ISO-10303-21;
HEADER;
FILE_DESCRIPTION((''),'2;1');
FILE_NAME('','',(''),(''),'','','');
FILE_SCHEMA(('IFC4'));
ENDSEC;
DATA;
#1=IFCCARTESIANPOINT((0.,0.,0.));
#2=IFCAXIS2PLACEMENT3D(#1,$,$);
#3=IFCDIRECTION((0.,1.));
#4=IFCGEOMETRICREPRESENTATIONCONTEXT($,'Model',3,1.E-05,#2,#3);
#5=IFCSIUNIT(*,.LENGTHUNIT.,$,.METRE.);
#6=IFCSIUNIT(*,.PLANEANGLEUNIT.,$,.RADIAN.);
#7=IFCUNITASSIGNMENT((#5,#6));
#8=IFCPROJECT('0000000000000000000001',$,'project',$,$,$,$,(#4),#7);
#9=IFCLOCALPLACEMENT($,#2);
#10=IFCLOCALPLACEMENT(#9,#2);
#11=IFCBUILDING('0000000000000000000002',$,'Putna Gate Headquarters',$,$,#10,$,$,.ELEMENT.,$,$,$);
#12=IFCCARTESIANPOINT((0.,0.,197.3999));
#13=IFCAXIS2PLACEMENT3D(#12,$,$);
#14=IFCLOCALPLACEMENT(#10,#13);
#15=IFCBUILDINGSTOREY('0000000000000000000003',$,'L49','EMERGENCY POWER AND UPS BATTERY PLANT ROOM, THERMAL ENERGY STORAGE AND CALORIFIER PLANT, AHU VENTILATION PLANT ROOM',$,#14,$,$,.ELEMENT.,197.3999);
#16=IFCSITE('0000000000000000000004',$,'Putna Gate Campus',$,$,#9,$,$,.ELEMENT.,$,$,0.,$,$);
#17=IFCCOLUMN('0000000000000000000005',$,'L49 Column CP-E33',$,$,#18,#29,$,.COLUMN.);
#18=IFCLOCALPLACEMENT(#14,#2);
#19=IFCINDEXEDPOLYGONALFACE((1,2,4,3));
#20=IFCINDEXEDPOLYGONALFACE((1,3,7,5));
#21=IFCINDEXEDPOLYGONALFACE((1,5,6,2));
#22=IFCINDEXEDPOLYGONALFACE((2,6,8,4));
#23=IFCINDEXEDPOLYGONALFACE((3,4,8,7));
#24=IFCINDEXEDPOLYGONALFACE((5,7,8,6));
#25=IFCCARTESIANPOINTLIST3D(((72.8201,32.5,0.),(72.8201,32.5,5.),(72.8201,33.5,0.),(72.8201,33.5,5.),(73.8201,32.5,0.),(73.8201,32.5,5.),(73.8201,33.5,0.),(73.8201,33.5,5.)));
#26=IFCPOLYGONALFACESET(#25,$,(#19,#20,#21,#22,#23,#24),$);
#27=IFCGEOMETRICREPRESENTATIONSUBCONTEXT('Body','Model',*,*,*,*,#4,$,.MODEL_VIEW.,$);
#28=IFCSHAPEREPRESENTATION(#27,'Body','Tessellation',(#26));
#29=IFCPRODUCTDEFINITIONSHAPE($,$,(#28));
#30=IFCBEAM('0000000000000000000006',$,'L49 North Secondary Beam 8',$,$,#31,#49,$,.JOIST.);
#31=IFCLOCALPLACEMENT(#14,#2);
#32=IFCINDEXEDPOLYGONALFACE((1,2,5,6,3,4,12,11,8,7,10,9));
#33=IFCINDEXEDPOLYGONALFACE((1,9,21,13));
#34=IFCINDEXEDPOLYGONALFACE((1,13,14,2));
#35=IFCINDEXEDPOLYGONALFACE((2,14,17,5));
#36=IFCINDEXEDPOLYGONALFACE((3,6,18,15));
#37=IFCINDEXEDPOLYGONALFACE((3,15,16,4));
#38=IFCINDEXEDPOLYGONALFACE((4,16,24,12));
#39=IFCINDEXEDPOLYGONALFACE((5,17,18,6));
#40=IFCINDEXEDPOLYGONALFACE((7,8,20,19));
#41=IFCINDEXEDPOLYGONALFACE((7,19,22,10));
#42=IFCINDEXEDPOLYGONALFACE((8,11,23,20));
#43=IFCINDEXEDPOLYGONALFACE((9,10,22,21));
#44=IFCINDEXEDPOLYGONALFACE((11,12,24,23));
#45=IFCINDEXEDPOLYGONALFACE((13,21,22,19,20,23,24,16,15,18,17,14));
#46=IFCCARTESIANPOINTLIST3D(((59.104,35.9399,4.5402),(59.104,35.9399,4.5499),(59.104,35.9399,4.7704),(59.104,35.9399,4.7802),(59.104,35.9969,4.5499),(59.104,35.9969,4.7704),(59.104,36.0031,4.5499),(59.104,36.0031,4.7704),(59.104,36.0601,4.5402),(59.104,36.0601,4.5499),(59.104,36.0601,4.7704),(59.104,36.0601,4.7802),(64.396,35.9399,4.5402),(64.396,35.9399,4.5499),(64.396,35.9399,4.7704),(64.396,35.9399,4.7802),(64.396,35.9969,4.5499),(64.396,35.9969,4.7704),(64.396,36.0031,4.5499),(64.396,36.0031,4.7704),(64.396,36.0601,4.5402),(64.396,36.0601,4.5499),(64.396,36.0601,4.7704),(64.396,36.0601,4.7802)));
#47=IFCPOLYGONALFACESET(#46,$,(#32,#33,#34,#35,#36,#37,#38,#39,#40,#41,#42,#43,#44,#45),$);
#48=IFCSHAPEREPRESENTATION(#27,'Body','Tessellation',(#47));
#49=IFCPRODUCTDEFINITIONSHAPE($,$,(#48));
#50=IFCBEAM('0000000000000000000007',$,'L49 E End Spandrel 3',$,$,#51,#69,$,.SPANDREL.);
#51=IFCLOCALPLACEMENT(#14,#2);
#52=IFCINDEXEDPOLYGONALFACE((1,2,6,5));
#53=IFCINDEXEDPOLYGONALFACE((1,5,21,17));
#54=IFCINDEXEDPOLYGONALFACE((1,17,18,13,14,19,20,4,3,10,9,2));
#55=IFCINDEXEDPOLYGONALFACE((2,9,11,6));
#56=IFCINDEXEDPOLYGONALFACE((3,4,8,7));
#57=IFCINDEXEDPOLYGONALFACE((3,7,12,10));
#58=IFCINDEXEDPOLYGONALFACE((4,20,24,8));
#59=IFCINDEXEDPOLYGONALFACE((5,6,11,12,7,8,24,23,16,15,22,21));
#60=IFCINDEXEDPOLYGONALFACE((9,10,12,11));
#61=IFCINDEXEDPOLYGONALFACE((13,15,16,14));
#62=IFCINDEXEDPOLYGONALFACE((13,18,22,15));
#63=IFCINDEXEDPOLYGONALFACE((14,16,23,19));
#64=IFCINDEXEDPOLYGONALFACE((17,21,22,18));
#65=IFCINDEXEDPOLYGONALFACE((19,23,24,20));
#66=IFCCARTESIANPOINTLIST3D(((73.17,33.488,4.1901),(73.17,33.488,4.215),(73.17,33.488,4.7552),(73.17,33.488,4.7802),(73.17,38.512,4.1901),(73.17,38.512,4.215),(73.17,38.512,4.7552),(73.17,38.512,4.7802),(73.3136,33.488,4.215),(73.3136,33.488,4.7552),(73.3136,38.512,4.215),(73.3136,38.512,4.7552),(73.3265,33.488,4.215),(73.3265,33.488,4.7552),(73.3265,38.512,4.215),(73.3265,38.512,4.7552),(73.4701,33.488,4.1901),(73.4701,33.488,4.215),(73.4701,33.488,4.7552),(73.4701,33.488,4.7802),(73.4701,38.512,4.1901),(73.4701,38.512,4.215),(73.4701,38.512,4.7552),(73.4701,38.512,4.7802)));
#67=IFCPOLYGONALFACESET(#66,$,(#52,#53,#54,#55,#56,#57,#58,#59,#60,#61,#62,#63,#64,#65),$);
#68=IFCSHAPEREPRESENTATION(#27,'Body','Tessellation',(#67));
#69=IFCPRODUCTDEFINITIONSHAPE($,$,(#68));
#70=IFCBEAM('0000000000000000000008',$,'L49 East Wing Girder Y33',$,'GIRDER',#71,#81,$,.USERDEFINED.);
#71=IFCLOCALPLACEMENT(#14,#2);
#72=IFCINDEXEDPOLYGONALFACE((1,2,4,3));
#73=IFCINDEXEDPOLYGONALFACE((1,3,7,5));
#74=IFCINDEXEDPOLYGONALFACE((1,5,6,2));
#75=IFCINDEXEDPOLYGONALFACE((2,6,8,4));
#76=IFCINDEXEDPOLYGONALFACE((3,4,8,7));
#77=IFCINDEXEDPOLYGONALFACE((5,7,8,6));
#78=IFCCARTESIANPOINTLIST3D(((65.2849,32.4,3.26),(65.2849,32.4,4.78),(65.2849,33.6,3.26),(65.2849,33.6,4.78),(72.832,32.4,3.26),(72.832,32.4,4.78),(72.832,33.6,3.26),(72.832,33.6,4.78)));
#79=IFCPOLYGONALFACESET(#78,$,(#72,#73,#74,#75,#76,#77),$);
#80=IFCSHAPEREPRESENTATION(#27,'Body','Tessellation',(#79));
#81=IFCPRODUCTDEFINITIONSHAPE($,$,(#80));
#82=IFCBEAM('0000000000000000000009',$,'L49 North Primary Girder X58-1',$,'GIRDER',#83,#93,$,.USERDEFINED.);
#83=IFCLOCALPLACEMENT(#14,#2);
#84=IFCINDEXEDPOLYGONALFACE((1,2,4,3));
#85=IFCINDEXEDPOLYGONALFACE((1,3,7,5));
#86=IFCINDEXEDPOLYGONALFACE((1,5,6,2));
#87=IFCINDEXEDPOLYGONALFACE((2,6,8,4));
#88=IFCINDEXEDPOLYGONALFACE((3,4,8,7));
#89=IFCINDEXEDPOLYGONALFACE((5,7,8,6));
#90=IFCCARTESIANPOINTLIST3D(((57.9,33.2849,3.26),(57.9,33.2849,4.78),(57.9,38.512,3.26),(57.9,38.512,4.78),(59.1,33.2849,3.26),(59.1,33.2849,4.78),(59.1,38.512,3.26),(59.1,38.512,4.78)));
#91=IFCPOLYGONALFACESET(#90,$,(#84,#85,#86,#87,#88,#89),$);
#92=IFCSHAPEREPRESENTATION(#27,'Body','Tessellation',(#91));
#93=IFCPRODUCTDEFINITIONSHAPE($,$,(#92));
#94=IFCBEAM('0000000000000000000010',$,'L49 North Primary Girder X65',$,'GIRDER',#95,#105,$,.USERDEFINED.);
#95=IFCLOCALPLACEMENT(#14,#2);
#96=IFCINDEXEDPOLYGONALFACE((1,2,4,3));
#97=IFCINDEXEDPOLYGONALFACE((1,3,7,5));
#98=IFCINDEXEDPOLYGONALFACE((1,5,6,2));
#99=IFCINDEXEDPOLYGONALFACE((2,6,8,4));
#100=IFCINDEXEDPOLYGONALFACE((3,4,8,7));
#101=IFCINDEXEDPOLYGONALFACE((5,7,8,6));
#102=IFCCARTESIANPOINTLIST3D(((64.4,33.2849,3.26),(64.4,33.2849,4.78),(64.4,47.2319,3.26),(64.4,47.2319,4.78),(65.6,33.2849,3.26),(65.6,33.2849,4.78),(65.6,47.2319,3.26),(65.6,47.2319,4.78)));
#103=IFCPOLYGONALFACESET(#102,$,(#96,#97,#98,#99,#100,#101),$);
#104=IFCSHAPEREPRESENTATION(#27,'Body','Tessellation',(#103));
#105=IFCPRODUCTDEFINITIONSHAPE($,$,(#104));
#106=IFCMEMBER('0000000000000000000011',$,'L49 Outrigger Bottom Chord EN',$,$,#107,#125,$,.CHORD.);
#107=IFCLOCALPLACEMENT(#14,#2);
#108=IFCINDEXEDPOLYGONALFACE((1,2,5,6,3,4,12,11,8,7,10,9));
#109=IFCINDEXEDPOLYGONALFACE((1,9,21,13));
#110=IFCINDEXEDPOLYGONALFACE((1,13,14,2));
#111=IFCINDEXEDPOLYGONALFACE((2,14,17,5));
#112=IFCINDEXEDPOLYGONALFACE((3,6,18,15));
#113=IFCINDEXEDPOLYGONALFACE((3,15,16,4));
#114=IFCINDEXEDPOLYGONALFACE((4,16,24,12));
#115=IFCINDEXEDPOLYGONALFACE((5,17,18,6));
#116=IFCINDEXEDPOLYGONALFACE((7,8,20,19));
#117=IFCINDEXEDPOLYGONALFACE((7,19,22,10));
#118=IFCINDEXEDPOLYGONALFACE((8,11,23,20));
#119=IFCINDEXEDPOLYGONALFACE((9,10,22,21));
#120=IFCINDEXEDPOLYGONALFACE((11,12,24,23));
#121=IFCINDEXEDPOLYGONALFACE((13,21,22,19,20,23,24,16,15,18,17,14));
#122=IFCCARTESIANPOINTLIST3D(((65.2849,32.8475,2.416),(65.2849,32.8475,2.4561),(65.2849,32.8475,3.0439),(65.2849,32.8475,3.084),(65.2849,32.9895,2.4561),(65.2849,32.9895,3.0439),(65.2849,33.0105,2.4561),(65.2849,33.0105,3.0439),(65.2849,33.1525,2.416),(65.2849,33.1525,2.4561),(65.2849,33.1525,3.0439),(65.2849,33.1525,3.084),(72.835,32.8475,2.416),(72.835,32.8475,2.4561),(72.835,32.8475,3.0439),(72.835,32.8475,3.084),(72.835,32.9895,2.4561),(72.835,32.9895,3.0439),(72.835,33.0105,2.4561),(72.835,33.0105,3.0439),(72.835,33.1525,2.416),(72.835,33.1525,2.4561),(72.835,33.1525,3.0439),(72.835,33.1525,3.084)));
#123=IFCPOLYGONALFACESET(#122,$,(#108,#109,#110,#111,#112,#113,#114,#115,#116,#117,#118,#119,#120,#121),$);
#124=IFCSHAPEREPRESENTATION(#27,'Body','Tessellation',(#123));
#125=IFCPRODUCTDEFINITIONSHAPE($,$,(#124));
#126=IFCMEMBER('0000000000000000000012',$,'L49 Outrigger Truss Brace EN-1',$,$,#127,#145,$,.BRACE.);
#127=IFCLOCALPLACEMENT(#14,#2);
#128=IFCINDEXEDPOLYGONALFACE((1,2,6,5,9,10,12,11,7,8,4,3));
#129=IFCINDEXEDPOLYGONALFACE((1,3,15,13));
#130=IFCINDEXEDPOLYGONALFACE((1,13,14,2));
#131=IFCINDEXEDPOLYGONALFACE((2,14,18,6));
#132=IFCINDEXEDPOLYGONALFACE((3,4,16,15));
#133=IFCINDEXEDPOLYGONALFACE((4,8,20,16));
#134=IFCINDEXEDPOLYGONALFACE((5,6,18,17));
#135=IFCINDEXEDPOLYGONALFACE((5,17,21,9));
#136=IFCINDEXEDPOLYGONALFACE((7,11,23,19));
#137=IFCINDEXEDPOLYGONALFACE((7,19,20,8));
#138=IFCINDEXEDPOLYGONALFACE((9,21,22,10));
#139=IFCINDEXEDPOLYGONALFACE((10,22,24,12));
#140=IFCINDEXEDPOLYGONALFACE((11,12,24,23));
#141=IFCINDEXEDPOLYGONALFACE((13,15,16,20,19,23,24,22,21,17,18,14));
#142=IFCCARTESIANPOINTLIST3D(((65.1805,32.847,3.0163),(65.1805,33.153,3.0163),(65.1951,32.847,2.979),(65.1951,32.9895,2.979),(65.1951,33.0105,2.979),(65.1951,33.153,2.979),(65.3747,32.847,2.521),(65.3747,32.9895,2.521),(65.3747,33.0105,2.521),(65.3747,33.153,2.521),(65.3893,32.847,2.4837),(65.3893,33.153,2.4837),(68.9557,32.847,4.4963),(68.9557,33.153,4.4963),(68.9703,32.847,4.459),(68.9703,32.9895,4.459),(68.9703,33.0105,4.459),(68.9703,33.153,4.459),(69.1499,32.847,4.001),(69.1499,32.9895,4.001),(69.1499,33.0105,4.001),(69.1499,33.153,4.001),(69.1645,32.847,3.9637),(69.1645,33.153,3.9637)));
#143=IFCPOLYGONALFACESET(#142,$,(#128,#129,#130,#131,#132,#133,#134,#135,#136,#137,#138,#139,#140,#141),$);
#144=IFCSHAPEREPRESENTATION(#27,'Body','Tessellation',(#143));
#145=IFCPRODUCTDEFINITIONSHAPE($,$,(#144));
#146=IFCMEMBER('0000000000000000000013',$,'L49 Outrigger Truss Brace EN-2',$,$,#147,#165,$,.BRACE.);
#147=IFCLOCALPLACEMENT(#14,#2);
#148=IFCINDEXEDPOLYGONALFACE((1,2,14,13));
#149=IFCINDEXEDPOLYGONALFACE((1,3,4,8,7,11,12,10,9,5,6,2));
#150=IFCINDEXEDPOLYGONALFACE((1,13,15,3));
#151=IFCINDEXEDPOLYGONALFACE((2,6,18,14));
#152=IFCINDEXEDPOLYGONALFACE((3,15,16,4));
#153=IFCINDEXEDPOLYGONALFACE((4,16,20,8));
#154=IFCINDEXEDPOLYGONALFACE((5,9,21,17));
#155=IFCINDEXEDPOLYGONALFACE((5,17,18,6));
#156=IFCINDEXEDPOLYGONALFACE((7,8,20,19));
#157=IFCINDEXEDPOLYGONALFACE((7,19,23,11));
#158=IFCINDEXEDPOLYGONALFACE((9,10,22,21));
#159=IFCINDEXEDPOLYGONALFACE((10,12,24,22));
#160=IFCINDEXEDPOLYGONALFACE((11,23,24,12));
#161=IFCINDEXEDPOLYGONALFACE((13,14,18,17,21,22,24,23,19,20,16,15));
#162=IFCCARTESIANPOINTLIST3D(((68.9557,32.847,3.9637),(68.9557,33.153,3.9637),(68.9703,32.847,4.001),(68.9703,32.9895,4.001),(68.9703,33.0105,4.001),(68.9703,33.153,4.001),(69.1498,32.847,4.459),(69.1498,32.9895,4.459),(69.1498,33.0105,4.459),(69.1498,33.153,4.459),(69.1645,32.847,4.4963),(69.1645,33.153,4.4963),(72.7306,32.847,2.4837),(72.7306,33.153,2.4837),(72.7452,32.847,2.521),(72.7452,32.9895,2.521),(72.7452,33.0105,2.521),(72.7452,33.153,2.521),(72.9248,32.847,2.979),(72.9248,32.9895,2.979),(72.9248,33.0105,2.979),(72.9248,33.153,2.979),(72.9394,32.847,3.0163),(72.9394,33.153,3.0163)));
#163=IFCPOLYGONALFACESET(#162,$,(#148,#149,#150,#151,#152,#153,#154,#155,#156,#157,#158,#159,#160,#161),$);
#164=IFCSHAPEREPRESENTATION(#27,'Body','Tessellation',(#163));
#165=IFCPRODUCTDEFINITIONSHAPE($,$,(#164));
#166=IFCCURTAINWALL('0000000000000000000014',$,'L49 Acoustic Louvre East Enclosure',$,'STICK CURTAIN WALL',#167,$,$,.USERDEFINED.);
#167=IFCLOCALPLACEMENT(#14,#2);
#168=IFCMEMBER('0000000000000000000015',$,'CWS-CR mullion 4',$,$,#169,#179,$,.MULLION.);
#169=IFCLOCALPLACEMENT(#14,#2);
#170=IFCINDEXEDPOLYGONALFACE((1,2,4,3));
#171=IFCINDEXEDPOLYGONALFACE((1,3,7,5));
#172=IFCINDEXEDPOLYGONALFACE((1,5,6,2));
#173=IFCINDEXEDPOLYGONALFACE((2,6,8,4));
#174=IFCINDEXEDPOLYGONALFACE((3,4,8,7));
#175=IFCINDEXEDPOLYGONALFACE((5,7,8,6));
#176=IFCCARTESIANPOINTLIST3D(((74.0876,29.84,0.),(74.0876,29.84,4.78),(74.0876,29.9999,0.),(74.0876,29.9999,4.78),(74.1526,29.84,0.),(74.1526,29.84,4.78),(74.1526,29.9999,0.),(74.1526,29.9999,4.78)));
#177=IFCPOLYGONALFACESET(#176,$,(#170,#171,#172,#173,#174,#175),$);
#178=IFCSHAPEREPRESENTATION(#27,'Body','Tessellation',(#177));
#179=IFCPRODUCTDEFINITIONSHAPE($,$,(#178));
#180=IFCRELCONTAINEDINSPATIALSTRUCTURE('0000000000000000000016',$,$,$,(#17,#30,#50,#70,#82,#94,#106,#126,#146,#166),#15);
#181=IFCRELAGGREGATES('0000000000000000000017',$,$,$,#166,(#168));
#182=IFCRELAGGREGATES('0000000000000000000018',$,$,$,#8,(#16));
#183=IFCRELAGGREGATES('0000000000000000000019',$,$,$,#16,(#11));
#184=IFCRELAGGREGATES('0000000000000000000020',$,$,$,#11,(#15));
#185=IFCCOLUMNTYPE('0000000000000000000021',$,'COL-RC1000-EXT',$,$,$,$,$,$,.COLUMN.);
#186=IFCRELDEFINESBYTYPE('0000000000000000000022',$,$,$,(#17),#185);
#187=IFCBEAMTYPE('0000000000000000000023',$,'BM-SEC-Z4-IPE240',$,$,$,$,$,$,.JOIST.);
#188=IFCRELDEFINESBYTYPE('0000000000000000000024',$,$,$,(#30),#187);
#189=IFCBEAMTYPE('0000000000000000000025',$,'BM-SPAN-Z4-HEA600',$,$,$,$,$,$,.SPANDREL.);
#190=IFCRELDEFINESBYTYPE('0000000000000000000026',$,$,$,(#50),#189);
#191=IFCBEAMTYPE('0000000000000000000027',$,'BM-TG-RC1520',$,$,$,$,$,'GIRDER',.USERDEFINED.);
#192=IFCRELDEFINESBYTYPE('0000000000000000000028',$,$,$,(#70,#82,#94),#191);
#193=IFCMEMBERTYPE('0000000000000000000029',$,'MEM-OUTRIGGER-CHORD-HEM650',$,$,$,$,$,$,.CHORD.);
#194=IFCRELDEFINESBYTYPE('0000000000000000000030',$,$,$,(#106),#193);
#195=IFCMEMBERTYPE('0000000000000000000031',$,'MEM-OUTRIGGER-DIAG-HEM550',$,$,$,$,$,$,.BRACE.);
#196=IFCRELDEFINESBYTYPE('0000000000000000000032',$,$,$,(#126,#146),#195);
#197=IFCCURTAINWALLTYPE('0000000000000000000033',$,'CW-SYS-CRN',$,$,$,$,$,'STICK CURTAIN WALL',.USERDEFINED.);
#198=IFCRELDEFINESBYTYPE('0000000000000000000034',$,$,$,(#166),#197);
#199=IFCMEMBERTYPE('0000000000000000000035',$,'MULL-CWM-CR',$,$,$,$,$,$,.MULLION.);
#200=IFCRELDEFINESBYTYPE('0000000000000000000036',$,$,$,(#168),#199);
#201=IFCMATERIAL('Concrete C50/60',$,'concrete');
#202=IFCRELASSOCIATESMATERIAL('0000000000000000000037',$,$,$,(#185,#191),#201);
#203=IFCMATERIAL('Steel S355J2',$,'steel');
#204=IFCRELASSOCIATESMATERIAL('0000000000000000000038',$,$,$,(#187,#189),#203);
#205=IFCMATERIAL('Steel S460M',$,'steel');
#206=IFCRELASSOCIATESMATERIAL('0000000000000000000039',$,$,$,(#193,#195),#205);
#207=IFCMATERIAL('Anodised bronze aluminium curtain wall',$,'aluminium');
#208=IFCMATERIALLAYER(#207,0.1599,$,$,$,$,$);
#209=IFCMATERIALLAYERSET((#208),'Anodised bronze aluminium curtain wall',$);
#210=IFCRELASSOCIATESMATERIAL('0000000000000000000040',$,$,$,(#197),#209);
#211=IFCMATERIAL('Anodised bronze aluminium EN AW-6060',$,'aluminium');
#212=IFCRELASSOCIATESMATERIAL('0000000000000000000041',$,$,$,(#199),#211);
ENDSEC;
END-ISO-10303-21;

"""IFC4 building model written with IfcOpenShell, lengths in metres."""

from ifc_helpers import new_model, si_unit, direction, frame, origin, origin_2d, place, context, subcontext, project, spatial, rectangle, i_section, extrude, material, layer, layer_set, material_profile, profile_set, type_object, element, aggregate, save


model = new_model("IFC4")

# Units and contexts
model_context = context("Model", 3, precision=1e-05, world=origin(), true_north=direction((0.0, 1.0)))
body_context = subcontext(model_context, "Body", "Model", "MODEL_VIEW")
ifc_project = project(units=[si_unit("LENGTHUNIT", "METRE"), si_unit("PLANEANGLEUNIT", "RADIAN")], contexts=[model_context])

# Site, building, storey
site_placement = place(None, origin())
site = spatial("IfcSite", under=ifc_project, at=site_placement, Name="Putna Gate Campus", CompositionType="ELEMENT", RefElevation=0.0)
building_placement = place(site_placement, origin())
building = spatial("IfcBuilding", under=site, at=building_placement, Name="Putna Gate Headquarters", CompositionType="ELEMENT")
storey_placement = place(building_placement, frame((0.0, 0.0, 197.3999)))
storey = spatial("IfcBuildingStorey", under=building, at=storey_placement, Name="L49", Description="EMERGENCY POWER AND UPS BATTERY PLANT ROOM, THERMAL ENERGY STORAGE AND CALORIFIER PLANT, AHU VENTILATION PLANT ROOM", CompositionType="ELEMENT", Elevation=197.3999)

# Column
ifc_material_1 = material(Name="Concrete C50/60", Category="concrete")
ifc_material_profile_1 = material_profile(ifc_material_1, rectangle(XDim=1.0, YDim=1.0, at=origin_2d()), Name="Concrete C50/60")
ifc_profile_set_1 = profile_set([ifc_material_profile_1], Name="Concrete C50/60")
column_type = type_object("IfcColumnType", Name="COL-RC1000-EXT", PredefinedType="COLUMN", material=ifc_profile_set_1)
column_placement = place(storey_placement, frame((73.3201, 33.0, 0.0), z_axis=(0.0, 0.0, 1.0), x_axis=(1.0, 0.0, 0.0)))
element("IfcColumn", 1, at=column_placement, inside=storey, type_object=column_type, Name="L49 Column CP-E33", PredefinedType="COLUMN", context=body_context, shape_type="SweptSolid", body=[
    extrude(rectangle(XDim=1.0, YDim=1.0, at=origin_2d()), origin(), (0.0, 0.0, 1.0), 5.0),
])

# Beams
ifc_material_2 = material(Name="Steel S355J2", Category="steel")
ifc_material_profile_2 = material_profile(ifc_material_2, i_section(OverallWidth=0.1201, OverallDepth=0.24, WebThickness=0.0061, FlangeThickness=0.0098, at=origin_2d()), Name="Steel S355J2")
ifc_profile_set_2 = profile_set([ifc_material_profile_2], Name="Steel S355J2")
beam_type_1 = type_object("IfcBeamType", Name="BM-SEC-Z4-IPE240", PredefinedType="JOIST", material=ifc_profile_set_2)
beam_1_placement = place(storey_placement, frame((59.104, 36.0, 4.6602), z_axis=(1.0, 0.0, 0.0), x_axis=(0.0, 1.0, 0.0)))
element("IfcBeam", 2, at=beam_1_placement, inside=storey, type_object=beam_type_1, Name="L49 North Secondary Beam 8", PredefinedType="JOIST", context=body_context, shape_type="SweptSolid", body=[
    extrude(i_section(OverallWidth=0.1201, OverallDepth=0.24, WebThickness=0.0061, FlangeThickness=0.0098, at=origin_2d()), origin(), (0.0, 0.0, 1.0), 5.292),
])
ifc_material_profile_3 = material_profile(ifc_material_2, i_section(OverallWidth=0.3, OverallDepth=0.5901, WebThickness=0.0129, FlangeThickness=0.0249, at=origin_2d()), Name="Steel S355J2")
ifc_profile_set_3 = profile_set([ifc_material_profile_3], Name="Steel S355J2")
beam_type_2 = type_object("IfcBeamType", Name="BM-SPAN-Z4-HEA600", PredefinedType="SPANDREL", material=ifc_profile_set_3)
beam_2_placement = place(storey_placement, frame((73.3201, 33.488, 4.4851), z_axis=(0.0, 1.0, 0.0), x_axis=(-1.0, 0.0, 0.0)))
element("IfcBeam", 3, at=beam_2_placement, inside=storey, type_object=beam_type_2, Name="L49 E End Spandrel 3", PredefinedType="SPANDREL", context=body_context, shape_type="SweptSolid", body=[
    extrude(i_section(OverallWidth=0.3, OverallDepth=0.5901, WebThickness=0.0129, FlangeThickness=0.0249, at=origin_2d()), origin(), (0.0, 0.0, 1.0), 5.0239),
])
ifc_material_profile_4 = material_profile(ifc_material_1, rectangle(XDim=1.2, YDim=1.52, at=origin_2d()), Name="Concrete C50/60")
ifc_profile_set_4 = profile_set([ifc_material_profile_4], Name="Concrete C50/60")
beam_type_3 = type_object("IfcBeamType", Name="BM-TG-RC1520", ElementType="GIRDER", PredefinedType="USERDEFINED", material=ifc_profile_set_4)
beam_3_placement = place(storey_placement, frame((65.2849, 33.0, 4.02), z_axis=(1.0, 0.0, 0.0), x_axis=(0.0, 1.0, 0.0)))
element("IfcBeam", 4, at=beam_3_placement, inside=storey, type_object=beam_type_3, Name="L49 East Wing Girder Y33", ObjectType="GIRDER", PredefinedType="USERDEFINED", context=body_context, shape_type="SweptSolid", body=[
    extrude(rectangle(XDim=1.2, YDim=1.52, at=origin_2d()), origin(), (0.0, 0.0, 1.0), 7.5471),
])
beam_4_placement = place(storey_placement, frame((58.5, 33.2849, 4.02), z_axis=(0.0, 1.0, 0.0), x_axis=(-1.0, 0.0, 0.0)))
element("IfcBeam", 5, at=beam_4_placement, inside=storey, type_object=beam_type_3, Name="L49 North Primary Girder X58-1", ObjectType="GIRDER", PredefinedType="USERDEFINED", context=body_context, shape_type="SweptSolid", body=[
    extrude(rectangle(XDim=1.2, YDim=1.52, at=origin_2d()), origin(), (0.0, 0.0, 1.0), 5.2271),
])
beam_5_placement = place(storey_placement, frame((65.0, 33.2849, 4.02), z_axis=(0.0, 1.0, 0.0), x_axis=(-1.0, 0.0, 0.0)))
element("IfcBeam", 6, at=beam_5_placement, inside=storey, type_object=beam_type_3, Name="L49 North Primary Girder X65", ObjectType="GIRDER", PredefinedType="USERDEFINED", context=body_context, shape_type="SweptSolid", body=[
    extrude(rectangle(XDim=1.2, YDim=1.52, at=origin_2d()), origin(), (0.0, 0.0, 1.0), 13.947),
])

# Members
ifc_material_3 = material(Name="Steel S460M", Category="steel")
ifc_material_profile_5 = material_profile(ifc_material_3, i_section(OverallWidth=0.3049, OverallDepth=0.668, WebThickness=0.021, FlangeThickness=0.04, at=origin_2d()), Name="Steel S460M")
ifc_profile_set_5 = profile_set([ifc_material_profile_5], Name="Steel S460M")
member_type_1 = type_object("IfcMemberType", Name="MEM-OUTRIGGER-CHORD-HEM650", PredefinedType="CHORD", material=ifc_profile_set_5)
member_1_placement = place(storey_placement, frame((65.2849, 33.0, 2.75), z_axis=(1.0, 0.0, 0.0), x_axis=(0.0, 1.0, 0.0)))
element("IfcMember", 7, at=member_1_placement, inside=storey, type_object=member_type_1, Name="L49 Outrigger Bottom Chord EN", PredefinedType="CHORD", context=body_context, shape_type="SweptSolid", body=[
    extrude(i_section(OverallWidth=0.3049, OverallDepth=0.668, WebThickness=0.021, FlangeThickness=0.04, at=origin_2d()), origin(), (0.0, 0.0, 1.0), 7.55),
])
ifc_material_profile_6 = material_profile(ifc_material_3, i_section(OverallWidth=0.3059, OverallDepth=0.572, WebThickness=0.021, FlangeThickness=0.04, at=origin_2d()), Name="Steel S460M")
ifc_profile_set_6 = profile_set([ifc_material_profile_6], Name="Steel S460M")
member_type_2 = type_object("IfcMemberType", Name="MEM-OUTRIGGER-DIAG-HEM550", PredefinedType="BRACE", material=ifc_profile_set_6)
member_2_placement = place(storey_placement, frame((65.2849, 33.0, 2.75), z_axis=(0.931013, 0.0, 0.364987), x_axis=(0.0, 1.0, 0.0)))
element("IfcMember", 8, at=member_2_placement, inside=storey, type_object=member_type_2, Name="L49 Outrigger Truss Brace EN-1", PredefinedType="BRACE", context=body_context, shape_type="SweptSolid", body=[
    extrude(i_section(OverallWidth=0.3059, OverallDepth=0.572, WebThickness=0.021, FlangeThickness=0.04, at=origin_2d()), origin(), (0.0, 0.0, 1.0), 4.0549),
])
member_3_placement = place(storey_placement, frame((69.0601, 33.0, 4.23), z_axis=(0.931004, 0.0, -0.365008), x_axis=(0.0, 1.0, 0.0)))
element("IfcMember", 9, at=member_3_placement, inside=storey, type_object=member_type_2, Name="L49 Outrigger Truss Brace EN-2", PredefinedType="BRACE", context=body_context, shape_type="SweptSolid", body=[
    extrude(i_section(OverallWidth=0.3059, OverallDepth=0.572, WebThickness=0.021, FlangeThickness=0.04, at=origin_2d()), origin(), (0.0, 0.0, 1.0), 4.0547),
])

# Curtain wall, member
ifc_material_4 = material(Name="Anodised bronze aluminium curtain wall", Category="aluminium")
ifc_layer_1 = layer(ifc_material_4, 0.1599)
ifc_layer_set_1 = layer_set([ifc_layer_1], Name="Anodised bronze aluminium curtain wall")
curtain_wall_type = type_object("IfcCurtainWallType", Name="CW-SYS-CRN", ElementType="STICK CURTAIN WALL", PredefinedType="USERDEFINED", material=ifc_layer_set_1)
curtain_wall_placement = place(storey_placement, origin())
curtain_wall = element("IfcCurtainWall", 10, at=curtain_wall_placement, inside=storey, type_object=curtain_wall_type, Name="L49 Acoustic Louvre East Enclosure", ObjectType="STICK CURTAIN WALL", PredefinedType="USERDEFINED")
ifc_material_5 = material(Name="Anodised bronze aluminium EN AW-6060", Category="aluminium")
ifc_material_profile_7 = material_profile(ifc_material_5, rectangle(XDim=0.0649, YDim=0.1599, at=origin_2d()), Name="Anodised bronze aluminium EN AW-6060")
ifc_profile_set_7 = profile_set([ifc_material_profile_7], Name="Anodised bronze aluminium EN AW-6060")
member_type_3 = type_object("IfcMemberType", Name="MULL-CWM-CR", PredefinedType="MULLION", material=ifc_profile_set_7)
member_4_placement = place(storey_placement, frame((74.1201, 29.9199, 0.0), z_axis=(0.0, 0.0, 1.0), x_axis=(-1.0, 0.0, 0.0)))
member_4 = element("IfcMember", 11, at=member_4_placement, type_object=member_type_3, Name="CWS-CR mullion 4", PredefinedType="MULLION", context=body_context, shape_type="SweptSolid", body=[
    extrude(rectangle(XDim=0.0649, YDim=0.1599, at=origin_2d()), origin(), (0.0, 0.0, 1.0), 4.78),
])
aggregate(curtain_wall, [member_4])

save(model, "model.ifc")
